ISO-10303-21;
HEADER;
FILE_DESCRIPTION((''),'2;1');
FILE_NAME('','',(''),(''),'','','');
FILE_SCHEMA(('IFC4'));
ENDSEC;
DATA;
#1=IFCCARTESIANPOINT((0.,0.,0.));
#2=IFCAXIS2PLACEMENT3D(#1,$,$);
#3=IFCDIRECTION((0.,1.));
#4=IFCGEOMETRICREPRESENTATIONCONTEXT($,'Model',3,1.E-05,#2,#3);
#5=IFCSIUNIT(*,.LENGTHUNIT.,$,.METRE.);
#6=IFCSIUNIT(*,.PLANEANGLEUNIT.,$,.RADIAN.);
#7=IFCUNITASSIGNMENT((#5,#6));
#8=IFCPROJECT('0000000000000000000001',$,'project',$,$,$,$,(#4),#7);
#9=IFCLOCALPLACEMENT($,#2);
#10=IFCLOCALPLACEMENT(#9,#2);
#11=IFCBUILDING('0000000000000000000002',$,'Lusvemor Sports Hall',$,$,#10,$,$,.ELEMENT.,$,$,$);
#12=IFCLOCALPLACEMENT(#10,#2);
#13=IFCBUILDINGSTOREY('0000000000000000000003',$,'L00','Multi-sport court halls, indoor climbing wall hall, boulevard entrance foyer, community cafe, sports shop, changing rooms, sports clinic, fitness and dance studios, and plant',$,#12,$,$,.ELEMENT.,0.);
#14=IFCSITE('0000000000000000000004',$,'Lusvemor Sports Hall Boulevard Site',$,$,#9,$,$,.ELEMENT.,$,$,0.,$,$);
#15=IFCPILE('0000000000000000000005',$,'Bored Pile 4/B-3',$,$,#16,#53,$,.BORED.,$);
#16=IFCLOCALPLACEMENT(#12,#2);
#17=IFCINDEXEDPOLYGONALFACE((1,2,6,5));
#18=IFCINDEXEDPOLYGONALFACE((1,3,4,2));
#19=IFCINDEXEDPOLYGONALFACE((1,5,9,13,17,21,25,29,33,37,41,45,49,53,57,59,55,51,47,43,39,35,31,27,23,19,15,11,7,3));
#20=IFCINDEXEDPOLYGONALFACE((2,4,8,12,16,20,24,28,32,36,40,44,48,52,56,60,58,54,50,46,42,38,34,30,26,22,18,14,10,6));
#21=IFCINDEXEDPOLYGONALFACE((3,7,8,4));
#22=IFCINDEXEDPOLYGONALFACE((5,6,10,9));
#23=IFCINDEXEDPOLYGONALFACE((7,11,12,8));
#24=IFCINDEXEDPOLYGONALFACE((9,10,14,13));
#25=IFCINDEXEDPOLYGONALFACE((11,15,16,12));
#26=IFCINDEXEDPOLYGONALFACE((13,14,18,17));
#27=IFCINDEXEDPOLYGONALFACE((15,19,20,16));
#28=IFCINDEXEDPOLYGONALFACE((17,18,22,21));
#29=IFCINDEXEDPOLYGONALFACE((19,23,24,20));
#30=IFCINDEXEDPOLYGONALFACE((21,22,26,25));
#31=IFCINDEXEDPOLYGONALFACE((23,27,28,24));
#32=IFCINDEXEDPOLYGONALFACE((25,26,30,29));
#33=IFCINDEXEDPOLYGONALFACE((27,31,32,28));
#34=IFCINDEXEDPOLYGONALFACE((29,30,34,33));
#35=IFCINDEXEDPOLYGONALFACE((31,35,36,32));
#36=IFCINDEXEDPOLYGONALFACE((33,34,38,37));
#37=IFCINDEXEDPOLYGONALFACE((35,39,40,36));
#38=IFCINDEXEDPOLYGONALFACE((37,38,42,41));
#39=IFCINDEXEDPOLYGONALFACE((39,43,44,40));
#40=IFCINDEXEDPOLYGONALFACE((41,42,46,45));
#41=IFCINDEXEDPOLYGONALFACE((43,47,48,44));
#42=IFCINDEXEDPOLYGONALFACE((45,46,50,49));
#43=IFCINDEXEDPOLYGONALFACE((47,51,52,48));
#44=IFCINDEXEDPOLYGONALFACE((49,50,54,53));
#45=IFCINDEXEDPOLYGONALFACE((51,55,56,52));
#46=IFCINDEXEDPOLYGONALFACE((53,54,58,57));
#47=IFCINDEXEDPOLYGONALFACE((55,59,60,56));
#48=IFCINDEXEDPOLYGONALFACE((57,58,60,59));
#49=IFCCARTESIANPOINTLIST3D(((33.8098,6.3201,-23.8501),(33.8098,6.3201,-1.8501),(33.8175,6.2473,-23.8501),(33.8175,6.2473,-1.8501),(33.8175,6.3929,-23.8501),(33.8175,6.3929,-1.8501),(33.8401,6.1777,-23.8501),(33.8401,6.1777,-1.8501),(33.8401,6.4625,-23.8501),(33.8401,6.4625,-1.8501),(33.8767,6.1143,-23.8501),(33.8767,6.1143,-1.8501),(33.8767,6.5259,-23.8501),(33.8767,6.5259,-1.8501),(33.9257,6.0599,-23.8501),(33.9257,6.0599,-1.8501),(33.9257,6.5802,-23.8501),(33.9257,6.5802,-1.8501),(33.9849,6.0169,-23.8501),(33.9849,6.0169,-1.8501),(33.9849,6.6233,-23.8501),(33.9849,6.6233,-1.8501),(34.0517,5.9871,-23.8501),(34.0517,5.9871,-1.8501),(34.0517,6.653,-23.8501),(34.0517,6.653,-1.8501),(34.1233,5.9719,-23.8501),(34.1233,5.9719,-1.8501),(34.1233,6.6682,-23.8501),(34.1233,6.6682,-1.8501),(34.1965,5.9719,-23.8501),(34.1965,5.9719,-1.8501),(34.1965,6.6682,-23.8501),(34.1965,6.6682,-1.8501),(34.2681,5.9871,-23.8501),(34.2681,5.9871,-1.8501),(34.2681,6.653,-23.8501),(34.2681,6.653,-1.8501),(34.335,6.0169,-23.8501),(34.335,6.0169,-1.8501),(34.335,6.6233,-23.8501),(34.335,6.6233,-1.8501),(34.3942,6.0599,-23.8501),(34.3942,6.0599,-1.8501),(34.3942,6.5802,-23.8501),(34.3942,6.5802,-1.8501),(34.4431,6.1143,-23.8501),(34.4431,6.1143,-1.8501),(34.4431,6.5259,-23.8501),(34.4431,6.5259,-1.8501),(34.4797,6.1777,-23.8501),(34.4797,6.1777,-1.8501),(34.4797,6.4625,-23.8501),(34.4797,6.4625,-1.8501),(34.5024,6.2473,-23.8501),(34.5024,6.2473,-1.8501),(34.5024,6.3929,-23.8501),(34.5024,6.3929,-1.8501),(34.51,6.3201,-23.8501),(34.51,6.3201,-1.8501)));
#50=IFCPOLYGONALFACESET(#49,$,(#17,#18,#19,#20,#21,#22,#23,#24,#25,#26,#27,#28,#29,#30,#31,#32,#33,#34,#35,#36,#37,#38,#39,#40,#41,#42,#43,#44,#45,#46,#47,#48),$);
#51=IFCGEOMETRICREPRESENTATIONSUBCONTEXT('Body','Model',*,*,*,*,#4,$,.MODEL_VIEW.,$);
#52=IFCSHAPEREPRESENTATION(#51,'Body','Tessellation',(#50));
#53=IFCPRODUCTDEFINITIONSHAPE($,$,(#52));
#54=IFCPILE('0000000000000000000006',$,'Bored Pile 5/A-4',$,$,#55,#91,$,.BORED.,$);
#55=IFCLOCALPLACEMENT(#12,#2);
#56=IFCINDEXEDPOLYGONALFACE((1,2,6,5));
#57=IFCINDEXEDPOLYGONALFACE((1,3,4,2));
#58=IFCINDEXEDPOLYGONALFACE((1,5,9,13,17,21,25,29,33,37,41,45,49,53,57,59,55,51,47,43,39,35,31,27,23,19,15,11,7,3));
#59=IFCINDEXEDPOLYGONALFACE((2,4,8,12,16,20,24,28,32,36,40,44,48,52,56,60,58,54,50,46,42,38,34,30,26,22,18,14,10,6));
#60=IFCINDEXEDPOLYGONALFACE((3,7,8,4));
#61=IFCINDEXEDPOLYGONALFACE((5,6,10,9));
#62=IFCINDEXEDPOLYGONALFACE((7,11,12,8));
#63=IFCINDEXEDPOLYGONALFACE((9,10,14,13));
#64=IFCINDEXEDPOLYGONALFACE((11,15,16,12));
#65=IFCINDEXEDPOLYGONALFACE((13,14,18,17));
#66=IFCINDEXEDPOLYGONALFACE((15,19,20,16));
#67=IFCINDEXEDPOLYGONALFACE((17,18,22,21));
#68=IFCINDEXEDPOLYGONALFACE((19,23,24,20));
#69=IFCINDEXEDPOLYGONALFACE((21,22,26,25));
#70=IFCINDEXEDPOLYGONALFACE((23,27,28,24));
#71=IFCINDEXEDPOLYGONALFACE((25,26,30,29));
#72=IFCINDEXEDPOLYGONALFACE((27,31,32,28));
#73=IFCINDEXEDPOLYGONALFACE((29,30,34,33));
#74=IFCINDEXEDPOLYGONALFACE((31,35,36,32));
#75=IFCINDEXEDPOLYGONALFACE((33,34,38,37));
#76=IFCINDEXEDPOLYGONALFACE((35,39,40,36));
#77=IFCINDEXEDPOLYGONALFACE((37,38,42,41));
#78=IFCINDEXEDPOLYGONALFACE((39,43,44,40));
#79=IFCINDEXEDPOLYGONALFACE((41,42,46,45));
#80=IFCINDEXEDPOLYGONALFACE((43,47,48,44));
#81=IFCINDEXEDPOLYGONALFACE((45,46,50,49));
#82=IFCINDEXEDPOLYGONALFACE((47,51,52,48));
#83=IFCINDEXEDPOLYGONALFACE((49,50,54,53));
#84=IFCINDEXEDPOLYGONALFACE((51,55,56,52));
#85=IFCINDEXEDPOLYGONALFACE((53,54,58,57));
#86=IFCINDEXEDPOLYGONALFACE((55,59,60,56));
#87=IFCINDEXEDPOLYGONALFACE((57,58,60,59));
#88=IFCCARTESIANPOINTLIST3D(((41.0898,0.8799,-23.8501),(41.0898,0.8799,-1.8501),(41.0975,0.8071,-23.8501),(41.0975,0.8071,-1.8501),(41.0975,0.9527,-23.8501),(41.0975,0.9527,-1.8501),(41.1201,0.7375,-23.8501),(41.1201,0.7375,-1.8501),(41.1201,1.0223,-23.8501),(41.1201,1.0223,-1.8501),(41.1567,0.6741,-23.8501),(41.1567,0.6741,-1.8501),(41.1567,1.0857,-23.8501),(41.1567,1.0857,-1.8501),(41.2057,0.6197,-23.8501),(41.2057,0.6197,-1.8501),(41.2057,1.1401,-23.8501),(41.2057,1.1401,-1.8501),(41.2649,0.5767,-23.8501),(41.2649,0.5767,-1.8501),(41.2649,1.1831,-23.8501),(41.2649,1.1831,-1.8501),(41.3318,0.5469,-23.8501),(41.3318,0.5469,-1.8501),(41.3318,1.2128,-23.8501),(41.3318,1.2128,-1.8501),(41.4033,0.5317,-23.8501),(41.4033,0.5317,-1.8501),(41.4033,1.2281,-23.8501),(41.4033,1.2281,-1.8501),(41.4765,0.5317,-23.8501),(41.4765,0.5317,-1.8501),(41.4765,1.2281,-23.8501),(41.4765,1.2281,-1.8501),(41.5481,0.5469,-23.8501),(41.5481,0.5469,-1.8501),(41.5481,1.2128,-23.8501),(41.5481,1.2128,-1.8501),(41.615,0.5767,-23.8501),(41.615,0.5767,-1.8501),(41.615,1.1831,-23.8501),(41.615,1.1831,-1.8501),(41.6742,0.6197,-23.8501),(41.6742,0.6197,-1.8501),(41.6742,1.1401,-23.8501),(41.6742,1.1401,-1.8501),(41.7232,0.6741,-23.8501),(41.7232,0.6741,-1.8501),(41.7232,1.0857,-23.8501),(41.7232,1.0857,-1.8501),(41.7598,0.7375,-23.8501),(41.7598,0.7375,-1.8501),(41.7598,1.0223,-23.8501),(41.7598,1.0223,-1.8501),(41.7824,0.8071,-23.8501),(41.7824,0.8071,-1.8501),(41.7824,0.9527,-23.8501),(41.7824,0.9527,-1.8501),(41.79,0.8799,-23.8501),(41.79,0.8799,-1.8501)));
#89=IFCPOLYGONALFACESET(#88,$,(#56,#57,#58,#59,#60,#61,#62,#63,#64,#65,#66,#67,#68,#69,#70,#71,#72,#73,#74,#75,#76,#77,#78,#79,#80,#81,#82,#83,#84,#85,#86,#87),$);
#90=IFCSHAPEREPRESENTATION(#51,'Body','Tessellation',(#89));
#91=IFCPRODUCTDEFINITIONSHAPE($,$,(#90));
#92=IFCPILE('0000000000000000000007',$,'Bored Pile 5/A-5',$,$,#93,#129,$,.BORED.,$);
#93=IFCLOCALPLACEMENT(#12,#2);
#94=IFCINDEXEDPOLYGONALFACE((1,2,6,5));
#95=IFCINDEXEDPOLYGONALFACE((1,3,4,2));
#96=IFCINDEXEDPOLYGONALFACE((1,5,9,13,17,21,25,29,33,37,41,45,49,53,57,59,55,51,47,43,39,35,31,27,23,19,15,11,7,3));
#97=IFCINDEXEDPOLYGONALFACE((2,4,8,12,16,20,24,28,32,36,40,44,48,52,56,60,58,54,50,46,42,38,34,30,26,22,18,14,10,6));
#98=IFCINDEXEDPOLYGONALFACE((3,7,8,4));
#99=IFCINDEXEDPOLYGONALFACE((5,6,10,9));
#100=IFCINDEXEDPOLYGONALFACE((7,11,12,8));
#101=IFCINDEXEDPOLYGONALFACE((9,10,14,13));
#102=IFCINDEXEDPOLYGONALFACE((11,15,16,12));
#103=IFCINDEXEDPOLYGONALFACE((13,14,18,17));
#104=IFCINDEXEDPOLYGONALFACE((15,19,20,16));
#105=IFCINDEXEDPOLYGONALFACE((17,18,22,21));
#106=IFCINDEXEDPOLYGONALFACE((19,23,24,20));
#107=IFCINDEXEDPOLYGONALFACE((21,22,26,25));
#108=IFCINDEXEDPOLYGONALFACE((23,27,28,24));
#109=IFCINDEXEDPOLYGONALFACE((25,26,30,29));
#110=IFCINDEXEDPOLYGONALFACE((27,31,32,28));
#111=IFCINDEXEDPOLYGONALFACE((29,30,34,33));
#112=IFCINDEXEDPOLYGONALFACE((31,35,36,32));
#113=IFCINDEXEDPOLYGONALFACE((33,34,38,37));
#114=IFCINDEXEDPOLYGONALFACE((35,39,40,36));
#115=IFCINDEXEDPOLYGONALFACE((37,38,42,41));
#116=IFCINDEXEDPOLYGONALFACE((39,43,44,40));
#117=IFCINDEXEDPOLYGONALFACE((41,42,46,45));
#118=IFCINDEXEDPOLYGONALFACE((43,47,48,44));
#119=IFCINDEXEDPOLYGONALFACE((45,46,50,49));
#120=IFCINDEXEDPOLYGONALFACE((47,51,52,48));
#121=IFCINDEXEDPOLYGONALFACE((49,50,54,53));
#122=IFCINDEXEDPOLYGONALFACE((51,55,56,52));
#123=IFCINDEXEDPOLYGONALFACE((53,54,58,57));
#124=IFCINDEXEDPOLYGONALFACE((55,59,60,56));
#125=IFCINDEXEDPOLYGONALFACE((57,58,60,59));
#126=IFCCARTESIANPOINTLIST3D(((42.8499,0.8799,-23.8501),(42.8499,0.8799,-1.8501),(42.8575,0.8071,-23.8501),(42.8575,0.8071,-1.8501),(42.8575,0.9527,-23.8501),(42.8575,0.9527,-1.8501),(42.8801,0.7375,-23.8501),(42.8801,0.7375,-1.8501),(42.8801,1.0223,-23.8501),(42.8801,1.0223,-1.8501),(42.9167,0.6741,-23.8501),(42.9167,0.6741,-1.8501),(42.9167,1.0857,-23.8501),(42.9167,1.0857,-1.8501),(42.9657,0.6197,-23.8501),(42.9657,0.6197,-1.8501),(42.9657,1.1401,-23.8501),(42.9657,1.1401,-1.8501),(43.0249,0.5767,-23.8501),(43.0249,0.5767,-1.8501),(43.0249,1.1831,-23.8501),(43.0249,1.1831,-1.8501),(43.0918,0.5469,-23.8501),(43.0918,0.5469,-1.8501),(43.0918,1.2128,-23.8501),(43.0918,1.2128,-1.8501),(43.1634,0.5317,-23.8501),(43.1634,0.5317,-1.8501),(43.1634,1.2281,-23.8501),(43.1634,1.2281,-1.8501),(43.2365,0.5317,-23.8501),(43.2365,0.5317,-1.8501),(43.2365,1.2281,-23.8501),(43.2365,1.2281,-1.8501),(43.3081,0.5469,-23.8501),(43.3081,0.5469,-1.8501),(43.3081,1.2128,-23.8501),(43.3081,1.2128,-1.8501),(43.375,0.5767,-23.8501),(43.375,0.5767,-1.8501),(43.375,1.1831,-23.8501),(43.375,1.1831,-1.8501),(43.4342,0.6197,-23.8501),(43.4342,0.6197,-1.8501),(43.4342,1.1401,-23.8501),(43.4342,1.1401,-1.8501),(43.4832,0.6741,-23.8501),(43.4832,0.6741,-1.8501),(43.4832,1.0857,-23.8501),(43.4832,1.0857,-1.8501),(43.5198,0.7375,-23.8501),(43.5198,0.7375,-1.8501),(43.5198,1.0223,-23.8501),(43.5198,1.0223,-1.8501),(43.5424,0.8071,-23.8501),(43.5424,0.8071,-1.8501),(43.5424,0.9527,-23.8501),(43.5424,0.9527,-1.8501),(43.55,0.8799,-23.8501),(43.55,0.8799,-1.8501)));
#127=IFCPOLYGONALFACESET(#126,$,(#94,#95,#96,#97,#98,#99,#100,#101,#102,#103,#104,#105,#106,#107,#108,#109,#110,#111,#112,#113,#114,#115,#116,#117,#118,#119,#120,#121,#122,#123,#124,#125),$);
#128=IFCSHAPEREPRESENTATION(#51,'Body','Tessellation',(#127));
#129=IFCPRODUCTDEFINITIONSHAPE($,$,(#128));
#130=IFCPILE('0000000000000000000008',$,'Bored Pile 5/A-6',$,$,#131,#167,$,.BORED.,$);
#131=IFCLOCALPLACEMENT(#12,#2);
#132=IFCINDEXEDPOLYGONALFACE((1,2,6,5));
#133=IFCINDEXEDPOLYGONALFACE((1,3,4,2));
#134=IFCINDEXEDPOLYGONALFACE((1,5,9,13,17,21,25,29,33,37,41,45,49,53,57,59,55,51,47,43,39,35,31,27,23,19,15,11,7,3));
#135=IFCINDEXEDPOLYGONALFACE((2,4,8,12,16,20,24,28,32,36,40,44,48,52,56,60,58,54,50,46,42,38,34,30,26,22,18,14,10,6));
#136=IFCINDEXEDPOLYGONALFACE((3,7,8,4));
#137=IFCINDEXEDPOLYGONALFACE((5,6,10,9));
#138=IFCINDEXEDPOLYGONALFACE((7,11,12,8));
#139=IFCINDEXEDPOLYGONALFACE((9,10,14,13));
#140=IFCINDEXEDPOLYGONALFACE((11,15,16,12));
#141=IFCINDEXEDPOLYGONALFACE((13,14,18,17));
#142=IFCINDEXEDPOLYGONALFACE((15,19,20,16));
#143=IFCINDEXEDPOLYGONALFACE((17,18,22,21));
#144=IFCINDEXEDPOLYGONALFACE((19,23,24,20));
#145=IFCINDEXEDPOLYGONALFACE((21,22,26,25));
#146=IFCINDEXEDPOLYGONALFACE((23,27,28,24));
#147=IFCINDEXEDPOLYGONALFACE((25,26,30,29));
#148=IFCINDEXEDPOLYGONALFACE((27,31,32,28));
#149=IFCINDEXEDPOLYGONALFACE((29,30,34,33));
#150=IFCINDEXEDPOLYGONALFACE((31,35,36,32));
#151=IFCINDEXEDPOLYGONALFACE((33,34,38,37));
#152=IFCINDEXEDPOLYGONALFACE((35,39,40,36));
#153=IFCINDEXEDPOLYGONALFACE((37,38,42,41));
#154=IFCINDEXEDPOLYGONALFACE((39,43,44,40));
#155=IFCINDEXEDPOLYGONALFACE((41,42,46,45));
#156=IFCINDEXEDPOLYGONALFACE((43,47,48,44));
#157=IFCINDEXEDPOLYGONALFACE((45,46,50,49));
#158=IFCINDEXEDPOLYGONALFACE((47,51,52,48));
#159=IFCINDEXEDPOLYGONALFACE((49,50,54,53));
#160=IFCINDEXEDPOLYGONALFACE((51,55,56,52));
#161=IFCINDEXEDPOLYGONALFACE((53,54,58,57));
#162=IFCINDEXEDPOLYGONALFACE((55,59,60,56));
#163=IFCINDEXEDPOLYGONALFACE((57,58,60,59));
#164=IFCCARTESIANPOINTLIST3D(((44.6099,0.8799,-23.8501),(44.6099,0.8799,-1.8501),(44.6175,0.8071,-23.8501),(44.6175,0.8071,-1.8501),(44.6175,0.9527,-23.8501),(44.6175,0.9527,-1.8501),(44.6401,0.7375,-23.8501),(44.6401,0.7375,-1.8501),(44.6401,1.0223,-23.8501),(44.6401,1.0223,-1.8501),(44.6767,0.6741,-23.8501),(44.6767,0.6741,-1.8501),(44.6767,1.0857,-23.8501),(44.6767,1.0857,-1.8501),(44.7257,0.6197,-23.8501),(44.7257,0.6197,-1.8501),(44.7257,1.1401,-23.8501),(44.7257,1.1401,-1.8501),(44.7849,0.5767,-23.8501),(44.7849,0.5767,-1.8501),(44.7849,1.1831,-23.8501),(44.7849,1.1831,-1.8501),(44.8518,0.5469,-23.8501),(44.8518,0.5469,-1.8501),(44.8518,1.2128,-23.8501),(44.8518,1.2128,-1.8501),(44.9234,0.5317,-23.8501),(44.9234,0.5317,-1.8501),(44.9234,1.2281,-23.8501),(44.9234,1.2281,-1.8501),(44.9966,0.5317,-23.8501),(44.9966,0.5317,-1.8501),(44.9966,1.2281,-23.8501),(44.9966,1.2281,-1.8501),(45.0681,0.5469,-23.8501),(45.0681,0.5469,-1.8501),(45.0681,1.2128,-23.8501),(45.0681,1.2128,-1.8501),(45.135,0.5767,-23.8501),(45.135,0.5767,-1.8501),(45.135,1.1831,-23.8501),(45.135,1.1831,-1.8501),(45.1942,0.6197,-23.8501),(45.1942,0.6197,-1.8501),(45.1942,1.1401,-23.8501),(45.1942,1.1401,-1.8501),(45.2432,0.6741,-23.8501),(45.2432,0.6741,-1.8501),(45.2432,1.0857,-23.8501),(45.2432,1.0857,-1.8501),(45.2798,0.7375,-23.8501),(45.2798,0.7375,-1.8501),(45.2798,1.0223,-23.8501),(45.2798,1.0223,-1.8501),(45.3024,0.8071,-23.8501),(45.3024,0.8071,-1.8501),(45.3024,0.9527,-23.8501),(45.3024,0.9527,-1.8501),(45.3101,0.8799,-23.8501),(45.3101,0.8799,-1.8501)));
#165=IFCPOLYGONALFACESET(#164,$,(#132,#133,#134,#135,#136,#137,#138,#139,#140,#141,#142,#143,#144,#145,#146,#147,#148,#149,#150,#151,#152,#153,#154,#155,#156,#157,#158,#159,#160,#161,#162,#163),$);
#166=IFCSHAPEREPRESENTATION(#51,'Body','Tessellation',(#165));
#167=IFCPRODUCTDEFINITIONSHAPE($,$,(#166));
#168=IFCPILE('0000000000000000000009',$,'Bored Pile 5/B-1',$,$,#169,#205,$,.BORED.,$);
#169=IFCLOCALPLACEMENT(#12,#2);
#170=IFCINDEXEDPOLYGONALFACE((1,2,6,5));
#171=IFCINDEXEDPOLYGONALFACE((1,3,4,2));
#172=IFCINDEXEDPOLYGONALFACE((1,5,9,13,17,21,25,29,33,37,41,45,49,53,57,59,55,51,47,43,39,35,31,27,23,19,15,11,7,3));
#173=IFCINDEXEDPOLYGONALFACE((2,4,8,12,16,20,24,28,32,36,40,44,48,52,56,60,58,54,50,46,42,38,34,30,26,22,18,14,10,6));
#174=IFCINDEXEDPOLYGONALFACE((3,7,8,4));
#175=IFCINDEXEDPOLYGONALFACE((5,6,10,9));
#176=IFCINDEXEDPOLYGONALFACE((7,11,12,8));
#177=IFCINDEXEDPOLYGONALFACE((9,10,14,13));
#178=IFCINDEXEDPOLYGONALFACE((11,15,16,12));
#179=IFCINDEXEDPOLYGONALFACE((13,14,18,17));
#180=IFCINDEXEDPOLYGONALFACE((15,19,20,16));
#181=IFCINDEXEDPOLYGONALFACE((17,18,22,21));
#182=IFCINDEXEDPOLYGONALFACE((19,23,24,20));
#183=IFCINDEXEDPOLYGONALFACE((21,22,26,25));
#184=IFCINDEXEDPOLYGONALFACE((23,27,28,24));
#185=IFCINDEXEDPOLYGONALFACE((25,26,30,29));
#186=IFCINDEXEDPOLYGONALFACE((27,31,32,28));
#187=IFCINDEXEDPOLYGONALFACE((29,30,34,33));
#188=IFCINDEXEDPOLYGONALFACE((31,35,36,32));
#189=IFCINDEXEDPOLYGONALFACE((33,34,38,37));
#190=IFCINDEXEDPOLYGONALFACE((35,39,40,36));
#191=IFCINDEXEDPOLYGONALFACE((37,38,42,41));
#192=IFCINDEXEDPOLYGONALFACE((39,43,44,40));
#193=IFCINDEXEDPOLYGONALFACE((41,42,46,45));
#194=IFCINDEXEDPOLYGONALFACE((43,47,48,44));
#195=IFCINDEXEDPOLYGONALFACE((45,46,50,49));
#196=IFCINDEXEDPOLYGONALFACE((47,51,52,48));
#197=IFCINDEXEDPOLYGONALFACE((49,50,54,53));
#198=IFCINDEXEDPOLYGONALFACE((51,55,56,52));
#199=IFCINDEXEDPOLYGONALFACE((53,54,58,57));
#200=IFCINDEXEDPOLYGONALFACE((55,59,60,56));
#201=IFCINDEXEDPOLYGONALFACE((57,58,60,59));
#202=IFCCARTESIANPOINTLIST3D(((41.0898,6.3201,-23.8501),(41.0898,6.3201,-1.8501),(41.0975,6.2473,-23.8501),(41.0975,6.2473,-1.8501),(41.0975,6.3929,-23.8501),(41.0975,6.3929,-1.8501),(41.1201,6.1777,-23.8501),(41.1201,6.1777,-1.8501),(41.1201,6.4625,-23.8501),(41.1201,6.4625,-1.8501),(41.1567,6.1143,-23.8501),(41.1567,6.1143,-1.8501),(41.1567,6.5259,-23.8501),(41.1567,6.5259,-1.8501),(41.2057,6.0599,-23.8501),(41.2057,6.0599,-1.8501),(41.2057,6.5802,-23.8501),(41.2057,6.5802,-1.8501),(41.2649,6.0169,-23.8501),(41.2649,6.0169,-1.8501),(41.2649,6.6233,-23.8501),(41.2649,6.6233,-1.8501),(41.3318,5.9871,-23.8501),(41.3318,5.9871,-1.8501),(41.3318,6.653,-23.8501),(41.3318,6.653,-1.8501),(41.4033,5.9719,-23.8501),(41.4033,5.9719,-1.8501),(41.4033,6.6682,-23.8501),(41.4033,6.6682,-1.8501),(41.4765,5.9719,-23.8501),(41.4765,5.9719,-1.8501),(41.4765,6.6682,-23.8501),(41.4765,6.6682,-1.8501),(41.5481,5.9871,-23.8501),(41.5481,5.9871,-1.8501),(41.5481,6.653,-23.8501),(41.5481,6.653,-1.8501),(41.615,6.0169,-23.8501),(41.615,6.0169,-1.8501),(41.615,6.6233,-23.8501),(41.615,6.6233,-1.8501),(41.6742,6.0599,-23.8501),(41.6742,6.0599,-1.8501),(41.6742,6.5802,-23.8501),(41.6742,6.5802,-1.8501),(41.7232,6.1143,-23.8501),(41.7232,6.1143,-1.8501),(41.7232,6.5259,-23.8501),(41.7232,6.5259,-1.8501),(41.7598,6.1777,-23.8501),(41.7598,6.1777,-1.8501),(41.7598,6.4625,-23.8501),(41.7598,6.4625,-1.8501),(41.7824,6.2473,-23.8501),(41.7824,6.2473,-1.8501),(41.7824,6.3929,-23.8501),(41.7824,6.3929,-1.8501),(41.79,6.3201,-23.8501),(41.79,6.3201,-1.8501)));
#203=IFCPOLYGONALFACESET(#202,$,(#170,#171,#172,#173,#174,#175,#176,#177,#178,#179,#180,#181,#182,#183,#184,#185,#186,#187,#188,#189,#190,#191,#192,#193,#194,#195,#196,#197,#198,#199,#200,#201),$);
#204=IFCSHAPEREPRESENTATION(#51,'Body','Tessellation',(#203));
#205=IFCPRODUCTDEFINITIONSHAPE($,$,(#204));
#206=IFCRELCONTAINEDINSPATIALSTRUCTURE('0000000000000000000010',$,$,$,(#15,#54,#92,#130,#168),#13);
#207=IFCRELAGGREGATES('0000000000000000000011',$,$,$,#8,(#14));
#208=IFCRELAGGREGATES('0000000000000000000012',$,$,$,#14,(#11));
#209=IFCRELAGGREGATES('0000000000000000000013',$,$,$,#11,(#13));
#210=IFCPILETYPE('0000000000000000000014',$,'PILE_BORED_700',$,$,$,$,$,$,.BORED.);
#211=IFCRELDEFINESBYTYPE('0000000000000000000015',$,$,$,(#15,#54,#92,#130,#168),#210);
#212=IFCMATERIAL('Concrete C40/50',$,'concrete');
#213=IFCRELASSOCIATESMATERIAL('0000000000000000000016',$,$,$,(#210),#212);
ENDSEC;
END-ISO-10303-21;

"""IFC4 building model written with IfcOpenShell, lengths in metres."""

from ifc_helpers import new_model, si_unit, direction, frame, origin, origin_2d, place, context, subcontext, project, spatial, circle, extrude, material, material_profile, profile_set, type_object, element, save


model = new_model("IFC4")

# Units and contexts
model_context = context("Model", 3, precision=1e-05, world=origin(), true_north=direction((0.0, 1.0)))
body_context = subcontext(model_context, "Body", "Model", "MODEL_VIEW")
ifc_project = project(units=[si_unit("LENGTHUNIT", "METRE"), si_unit("PLANEANGLEUNIT", "RADIAN")], contexts=[model_context])

# Site, building, storey
site_placement = place(None, origin())
site = spatial("IfcSite", under=ifc_project, at=site_placement, Name="Lusvemor Sports Hall Boulevard Site", CompositionType="ELEMENT", RefElevation=0.0)
building_placement = place(site_placement, origin())
building = spatial("IfcBuilding", under=site, at=building_placement, Name="Lusvemor Sports Hall", CompositionType="ELEMENT")
storey_placement = place(building_placement, origin())
storey = spatial("IfcBuildingStorey", under=building, at=storey_placement, Name="L00", Description="Multi-sport court halls, indoor climbing wall hall, boulevard entrance foyer, community cafe, sports shop, changing rooms, sports clinic, fitness and dance studios, and plant", CompositionType="ELEMENT", Elevation=0.0)

# Piles
ifc_material_1 = material(Name="Concrete C40/50", Category="concrete")
ifc_material_profile_1 = material_profile(ifc_material_1, circle(Radius=0.3501, at=origin_2d()), Name="PILE700")
ifc_profile_set_1 = profile_set([ifc_material_profile_1], Name="Concrete C40/50")
pile_type = type_object("IfcPileType", Name="PILE_BORED_700", PredefinedType="BORED", material=ifc_profile_set_1)
for number, where, z_axis, x_axis, name in (
    (1, (34.1599, 6.3201, -1.8501), (0.0, 0.0, -1.0), (1.0, 0.0, 0.0), "Bored Pile 4/B-3"),
    (2, (41.4399, 0.8799, -1.8501), (0.0, 0.0, -1.0), (1.0, 0.0, 0.0), "Bored Pile 5/A-4"),
    (3, (43.2, 0.8799, -1.8501), (0.0, 0.0, -1.0), (1.0, 0.0, 0.0), "Bored Pile 5/A-5"),
    (4, (44.96, 0.8799, -1.8501), (0.0, 0.0, -1.0), (1.0, 0.0, 0.0), "Bored Pile 5/A-6"),
    (5, (41.4399, 6.3201, -1.8501), (0.0, 0.0, -1.0), (1.0, 0.0, 0.0), "Bored Pile 5/B-1"),
):
    element("IfcPile", number, at=place(storey_placement, frame(where, z_axis=z_axis, x_axis=x_axis)), inside=storey, type_object=pile_type, Name=name, PredefinedType="BORED", context=body_context, shape_type="SweptSolid", body=[
        extrude(circle(Radius=0.3501, at=origin_2d()), origin(), (0.0, 0.0, 1.0), 22.0),
    ])

save(model, "model.ifc")
